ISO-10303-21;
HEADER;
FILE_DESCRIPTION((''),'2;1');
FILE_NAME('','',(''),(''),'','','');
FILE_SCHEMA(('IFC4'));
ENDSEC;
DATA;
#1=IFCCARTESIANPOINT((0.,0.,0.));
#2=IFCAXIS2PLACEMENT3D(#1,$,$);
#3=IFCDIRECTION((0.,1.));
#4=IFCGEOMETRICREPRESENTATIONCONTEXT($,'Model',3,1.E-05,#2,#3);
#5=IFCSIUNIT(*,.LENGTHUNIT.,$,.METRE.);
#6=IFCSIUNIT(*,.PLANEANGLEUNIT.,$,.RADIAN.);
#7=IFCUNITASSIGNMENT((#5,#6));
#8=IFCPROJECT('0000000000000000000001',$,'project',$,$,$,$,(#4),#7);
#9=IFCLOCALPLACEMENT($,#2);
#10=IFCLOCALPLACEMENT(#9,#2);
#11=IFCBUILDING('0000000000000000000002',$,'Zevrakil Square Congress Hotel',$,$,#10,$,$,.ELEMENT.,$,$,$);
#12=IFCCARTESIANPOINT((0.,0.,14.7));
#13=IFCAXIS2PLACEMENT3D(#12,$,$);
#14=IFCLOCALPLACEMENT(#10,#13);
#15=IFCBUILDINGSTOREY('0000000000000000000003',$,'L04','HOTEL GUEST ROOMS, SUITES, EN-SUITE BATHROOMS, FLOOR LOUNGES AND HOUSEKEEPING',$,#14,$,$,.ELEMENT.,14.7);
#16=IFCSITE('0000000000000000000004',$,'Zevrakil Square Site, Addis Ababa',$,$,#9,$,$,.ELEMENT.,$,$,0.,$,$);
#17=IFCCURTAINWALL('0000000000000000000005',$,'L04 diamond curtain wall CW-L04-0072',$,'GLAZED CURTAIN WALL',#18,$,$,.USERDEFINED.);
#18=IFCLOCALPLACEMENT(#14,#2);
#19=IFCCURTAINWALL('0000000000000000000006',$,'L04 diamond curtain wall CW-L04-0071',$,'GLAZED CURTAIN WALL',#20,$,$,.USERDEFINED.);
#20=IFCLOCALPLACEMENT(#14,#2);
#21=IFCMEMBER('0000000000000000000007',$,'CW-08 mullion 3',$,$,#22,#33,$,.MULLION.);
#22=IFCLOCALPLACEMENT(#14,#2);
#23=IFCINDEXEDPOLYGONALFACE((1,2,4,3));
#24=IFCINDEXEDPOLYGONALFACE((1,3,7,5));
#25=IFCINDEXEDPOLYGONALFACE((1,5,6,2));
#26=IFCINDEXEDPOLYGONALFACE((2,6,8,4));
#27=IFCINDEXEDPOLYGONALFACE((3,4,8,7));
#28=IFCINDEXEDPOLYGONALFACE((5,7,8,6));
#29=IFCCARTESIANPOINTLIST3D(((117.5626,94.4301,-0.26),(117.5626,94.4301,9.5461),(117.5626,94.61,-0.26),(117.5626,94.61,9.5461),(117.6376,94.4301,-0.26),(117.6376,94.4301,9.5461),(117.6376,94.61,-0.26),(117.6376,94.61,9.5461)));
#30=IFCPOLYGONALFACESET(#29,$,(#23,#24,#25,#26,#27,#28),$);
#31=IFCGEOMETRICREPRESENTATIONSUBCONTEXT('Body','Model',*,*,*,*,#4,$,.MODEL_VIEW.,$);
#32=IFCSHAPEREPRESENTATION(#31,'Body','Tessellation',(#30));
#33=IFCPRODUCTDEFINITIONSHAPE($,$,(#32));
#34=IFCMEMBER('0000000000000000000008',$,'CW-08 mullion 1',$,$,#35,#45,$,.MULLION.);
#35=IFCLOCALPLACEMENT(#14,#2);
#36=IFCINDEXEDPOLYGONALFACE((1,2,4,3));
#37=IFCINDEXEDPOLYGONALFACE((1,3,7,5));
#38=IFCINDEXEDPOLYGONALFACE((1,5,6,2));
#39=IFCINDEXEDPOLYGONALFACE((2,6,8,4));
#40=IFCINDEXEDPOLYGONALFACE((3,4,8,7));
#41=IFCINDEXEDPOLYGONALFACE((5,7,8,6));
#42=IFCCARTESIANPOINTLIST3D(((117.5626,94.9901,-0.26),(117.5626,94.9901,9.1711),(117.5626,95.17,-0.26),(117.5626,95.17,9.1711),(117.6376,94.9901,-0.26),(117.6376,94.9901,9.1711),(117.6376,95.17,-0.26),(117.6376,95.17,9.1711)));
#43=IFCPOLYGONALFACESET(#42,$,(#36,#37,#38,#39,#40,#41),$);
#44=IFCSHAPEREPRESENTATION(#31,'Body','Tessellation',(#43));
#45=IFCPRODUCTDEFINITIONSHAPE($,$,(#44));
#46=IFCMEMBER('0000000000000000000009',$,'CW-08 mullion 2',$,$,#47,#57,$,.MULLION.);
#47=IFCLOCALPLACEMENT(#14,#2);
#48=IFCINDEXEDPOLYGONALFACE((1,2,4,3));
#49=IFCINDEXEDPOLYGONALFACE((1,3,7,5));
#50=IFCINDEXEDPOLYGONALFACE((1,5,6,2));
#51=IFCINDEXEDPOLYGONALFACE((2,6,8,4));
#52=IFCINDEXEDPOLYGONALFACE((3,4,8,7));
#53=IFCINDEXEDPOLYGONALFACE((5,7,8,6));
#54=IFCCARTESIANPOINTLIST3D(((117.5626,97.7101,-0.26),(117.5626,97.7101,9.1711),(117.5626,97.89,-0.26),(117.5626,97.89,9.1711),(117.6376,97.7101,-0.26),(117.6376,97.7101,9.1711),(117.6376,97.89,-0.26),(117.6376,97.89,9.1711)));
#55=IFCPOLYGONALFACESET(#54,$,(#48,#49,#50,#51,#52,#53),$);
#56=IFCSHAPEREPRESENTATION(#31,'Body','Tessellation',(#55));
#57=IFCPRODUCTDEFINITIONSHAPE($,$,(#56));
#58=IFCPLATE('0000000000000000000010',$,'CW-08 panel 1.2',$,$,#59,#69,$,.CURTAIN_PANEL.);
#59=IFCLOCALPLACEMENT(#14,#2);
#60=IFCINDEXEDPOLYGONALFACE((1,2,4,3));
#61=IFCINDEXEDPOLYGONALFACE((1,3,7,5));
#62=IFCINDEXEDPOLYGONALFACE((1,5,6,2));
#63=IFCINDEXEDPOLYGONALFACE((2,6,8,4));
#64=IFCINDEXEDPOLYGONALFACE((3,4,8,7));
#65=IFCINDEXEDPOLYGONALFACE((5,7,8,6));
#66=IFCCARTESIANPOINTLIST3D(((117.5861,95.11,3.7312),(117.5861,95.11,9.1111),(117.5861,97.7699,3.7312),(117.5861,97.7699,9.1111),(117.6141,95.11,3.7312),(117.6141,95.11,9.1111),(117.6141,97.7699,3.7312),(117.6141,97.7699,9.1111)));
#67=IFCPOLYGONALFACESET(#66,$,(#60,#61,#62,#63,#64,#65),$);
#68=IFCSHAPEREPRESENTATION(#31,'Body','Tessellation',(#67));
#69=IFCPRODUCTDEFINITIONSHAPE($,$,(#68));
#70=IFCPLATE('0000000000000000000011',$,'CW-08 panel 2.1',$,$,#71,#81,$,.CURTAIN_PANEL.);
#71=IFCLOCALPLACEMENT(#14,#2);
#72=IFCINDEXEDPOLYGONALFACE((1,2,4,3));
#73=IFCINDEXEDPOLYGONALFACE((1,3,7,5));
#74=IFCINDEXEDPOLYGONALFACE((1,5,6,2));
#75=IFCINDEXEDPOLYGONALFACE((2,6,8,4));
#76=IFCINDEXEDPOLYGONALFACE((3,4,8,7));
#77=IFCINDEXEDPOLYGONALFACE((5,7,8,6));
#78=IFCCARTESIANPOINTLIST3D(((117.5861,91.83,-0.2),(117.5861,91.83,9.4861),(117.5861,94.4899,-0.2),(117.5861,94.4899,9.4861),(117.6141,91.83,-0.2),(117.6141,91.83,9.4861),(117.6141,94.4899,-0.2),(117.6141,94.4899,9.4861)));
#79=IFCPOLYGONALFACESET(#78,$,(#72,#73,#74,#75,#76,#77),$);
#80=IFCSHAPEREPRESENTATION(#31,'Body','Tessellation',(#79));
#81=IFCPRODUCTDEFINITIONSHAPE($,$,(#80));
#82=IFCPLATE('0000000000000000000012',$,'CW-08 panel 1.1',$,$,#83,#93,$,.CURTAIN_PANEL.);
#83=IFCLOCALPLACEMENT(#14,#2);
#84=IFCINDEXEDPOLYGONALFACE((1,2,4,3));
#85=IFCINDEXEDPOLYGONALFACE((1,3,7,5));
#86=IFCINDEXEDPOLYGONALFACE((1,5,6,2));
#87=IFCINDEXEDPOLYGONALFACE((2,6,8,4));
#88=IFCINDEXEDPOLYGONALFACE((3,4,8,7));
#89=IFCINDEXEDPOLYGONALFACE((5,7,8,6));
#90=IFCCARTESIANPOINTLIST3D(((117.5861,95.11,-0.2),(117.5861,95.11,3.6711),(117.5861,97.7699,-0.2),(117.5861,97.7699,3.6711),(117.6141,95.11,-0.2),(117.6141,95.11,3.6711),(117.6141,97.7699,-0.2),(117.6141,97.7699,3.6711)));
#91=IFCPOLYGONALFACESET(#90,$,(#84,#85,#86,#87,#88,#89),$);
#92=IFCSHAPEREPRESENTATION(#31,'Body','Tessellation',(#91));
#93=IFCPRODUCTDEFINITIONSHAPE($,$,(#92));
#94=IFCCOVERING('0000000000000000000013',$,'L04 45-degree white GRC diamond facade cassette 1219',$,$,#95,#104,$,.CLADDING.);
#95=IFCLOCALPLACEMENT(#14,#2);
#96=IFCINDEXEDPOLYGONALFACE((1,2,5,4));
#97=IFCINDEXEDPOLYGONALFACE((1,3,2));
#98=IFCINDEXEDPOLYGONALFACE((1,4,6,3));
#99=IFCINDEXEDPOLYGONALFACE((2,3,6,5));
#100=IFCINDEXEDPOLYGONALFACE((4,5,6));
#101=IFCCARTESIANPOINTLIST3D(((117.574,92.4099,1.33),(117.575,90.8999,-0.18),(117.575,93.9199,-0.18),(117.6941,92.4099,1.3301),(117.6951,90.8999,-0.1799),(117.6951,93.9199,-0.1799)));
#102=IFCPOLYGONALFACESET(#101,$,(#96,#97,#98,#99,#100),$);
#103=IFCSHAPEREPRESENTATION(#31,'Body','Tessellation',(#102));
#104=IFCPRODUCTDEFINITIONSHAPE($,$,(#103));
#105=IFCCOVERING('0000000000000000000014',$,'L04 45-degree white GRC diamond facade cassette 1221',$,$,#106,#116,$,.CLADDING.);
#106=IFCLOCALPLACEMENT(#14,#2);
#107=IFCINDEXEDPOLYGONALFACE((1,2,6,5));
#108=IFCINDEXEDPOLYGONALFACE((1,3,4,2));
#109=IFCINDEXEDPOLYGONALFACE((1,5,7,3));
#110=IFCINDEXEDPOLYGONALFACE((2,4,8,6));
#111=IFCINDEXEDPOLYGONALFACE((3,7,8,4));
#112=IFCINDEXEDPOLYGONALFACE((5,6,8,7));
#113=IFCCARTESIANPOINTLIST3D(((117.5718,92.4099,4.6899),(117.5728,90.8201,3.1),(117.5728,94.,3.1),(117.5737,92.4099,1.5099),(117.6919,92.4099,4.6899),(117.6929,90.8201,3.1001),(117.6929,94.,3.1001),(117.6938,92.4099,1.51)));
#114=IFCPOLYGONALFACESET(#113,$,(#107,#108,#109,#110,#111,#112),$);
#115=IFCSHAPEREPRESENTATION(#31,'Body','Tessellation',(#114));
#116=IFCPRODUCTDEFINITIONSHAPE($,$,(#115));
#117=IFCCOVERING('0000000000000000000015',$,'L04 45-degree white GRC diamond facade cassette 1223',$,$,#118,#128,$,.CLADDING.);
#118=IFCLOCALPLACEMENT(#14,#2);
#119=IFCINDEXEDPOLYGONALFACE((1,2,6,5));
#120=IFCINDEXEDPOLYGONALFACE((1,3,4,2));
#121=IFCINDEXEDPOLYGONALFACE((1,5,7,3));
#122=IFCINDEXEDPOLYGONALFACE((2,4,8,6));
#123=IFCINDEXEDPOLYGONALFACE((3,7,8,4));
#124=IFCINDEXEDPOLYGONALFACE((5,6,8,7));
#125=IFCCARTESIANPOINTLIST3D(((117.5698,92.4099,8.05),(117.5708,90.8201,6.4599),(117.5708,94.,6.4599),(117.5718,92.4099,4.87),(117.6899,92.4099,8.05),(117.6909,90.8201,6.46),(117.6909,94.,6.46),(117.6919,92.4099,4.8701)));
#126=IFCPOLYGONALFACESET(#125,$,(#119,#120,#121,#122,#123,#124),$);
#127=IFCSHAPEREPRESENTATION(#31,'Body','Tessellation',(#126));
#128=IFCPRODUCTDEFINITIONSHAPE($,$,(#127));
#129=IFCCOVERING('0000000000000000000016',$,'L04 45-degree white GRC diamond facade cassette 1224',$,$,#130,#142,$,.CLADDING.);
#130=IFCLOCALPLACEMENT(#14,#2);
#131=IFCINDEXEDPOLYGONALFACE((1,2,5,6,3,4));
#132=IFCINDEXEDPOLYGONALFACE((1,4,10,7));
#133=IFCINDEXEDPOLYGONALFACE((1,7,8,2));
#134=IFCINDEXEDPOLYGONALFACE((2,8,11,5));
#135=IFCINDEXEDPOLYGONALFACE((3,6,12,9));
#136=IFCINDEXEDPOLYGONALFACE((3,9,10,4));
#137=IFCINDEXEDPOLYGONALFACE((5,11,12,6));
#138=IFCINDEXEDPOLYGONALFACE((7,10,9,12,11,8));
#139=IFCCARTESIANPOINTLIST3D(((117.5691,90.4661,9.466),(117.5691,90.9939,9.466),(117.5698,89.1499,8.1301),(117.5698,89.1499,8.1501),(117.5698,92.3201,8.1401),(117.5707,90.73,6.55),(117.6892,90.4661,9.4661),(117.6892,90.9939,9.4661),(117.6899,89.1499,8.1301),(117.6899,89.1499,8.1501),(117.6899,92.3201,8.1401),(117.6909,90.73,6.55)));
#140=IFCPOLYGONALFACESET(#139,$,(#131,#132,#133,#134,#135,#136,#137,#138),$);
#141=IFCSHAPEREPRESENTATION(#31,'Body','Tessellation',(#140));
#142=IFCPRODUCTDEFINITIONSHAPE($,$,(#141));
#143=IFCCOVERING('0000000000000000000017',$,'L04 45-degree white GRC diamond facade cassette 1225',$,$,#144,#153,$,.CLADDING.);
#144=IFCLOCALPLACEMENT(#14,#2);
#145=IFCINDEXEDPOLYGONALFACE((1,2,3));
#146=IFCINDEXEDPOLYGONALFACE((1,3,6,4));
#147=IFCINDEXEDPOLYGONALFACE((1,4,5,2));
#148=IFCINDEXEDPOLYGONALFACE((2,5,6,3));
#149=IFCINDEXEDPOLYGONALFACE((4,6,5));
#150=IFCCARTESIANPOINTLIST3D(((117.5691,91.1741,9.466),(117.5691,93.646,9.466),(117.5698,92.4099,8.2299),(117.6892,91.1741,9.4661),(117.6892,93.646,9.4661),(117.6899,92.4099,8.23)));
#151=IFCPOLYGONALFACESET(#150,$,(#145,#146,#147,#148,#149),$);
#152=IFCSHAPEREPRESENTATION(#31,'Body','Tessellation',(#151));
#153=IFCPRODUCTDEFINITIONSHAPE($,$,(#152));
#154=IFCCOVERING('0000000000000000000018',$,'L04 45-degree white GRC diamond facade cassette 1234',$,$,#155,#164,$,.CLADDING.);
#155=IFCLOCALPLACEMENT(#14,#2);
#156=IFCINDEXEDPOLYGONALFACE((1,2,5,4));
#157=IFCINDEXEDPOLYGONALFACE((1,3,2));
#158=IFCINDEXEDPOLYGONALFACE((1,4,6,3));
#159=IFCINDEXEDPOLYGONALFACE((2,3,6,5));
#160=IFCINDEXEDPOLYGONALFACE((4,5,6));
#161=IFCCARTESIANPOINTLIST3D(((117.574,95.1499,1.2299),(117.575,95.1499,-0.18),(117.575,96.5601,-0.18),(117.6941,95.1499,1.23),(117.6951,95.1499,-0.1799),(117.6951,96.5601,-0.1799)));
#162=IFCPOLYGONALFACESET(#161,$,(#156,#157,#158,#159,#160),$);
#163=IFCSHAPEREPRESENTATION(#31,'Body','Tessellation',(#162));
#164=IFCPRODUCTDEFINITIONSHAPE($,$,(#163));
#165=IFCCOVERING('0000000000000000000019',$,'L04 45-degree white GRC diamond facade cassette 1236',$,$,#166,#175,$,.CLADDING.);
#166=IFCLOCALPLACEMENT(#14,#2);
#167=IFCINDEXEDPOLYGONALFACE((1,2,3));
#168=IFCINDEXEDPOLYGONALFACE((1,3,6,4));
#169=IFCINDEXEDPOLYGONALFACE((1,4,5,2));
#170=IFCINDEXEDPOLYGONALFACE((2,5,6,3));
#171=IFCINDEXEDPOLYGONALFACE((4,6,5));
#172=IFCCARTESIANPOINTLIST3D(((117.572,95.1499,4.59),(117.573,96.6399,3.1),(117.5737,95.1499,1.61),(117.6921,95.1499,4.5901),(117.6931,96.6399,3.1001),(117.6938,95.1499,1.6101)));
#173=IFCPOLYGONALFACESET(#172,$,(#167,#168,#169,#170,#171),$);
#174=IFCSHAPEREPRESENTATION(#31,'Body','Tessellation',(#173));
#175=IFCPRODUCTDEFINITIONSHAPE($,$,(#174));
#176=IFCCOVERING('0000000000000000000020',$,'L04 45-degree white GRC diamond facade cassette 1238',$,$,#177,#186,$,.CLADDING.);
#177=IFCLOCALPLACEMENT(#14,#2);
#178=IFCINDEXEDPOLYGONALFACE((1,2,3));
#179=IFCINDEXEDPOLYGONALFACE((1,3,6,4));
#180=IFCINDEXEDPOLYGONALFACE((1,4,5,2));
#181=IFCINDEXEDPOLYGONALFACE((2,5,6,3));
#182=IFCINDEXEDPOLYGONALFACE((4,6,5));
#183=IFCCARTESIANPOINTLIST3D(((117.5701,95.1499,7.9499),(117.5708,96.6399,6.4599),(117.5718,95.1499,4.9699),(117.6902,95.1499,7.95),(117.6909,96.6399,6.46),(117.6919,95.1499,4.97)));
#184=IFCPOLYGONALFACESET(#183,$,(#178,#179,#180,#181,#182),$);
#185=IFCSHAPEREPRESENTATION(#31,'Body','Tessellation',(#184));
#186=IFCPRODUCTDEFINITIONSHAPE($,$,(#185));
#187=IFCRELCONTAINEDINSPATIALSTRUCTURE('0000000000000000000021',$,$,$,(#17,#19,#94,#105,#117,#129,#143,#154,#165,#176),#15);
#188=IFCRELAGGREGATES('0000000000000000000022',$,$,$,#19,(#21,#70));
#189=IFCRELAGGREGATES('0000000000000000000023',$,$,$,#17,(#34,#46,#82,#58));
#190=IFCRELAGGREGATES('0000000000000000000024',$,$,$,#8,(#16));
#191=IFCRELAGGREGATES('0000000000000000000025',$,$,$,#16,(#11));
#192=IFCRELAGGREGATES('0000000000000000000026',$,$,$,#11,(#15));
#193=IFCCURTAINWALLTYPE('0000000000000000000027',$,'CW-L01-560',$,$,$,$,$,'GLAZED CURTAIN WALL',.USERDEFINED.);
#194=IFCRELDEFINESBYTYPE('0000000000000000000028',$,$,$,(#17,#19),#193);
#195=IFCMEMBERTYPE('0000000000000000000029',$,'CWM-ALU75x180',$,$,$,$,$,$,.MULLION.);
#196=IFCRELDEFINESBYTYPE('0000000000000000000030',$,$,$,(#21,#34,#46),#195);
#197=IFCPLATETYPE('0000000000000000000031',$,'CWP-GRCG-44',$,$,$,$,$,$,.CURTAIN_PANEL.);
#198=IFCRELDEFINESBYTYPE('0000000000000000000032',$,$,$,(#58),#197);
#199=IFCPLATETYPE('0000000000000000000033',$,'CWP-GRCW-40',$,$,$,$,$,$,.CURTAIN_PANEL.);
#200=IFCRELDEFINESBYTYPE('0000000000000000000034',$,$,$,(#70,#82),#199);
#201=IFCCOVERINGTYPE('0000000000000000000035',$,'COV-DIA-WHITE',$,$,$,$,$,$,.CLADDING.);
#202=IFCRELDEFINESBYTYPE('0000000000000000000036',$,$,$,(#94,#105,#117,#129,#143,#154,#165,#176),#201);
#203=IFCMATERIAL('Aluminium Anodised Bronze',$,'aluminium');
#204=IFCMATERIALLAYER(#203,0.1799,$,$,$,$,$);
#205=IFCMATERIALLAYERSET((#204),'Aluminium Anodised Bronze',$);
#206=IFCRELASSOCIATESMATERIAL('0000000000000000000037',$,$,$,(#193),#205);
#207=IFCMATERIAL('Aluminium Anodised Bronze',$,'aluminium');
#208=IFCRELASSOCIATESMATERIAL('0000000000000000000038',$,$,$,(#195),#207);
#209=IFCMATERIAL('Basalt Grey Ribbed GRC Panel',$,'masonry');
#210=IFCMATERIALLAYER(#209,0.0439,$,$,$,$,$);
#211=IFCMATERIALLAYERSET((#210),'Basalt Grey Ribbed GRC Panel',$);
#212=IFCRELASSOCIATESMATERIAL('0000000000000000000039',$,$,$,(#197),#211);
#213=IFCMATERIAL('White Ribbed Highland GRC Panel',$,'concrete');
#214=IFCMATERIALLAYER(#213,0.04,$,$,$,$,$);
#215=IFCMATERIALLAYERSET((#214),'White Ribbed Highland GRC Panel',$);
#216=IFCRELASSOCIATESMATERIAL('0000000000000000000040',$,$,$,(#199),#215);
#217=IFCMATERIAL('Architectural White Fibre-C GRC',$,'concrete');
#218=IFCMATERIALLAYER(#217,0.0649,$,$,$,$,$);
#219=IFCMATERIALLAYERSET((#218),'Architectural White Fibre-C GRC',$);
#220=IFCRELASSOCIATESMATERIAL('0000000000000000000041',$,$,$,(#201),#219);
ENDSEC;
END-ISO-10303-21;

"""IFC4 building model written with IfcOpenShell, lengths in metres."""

from ifc_helpers import new_model, si_unit, direction, frame, origin, origin_2d, place, context, subcontext, project, spatial, polyline, rectangle, outline, extrude, material, layer, layer_set, material_profile, profile_set, type_object, element, aggregate, save


model = new_model("IFC4")

# Units and contexts
model_context = context("Model", 3, precision=1e-05, world=origin(), true_north=direction((0.0, 1.0)))
body_context = subcontext(model_context, "Body", "Model", "MODEL_VIEW")
ifc_project = project(units=[si_unit("LENGTHUNIT", "METRE"), si_unit("PLANEANGLEUNIT", "RADIAN")], contexts=[model_context])

# Site, building, storey
site_placement = place(None, origin())
site = spatial("IfcSite", under=ifc_project, at=site_placement, Name="Zevrakil Square Site, Addis Ababa", CompositionType="ELEMENT", RefElevation=0.0)
building_placement = place(site_placement, origin())
building = spatial("IfcBuilding", under=site, at=building_placement, Name="Zevrakil Square Congress Hotel", CompositionType="ELEMENT")
storey_placement = place(building_placement, frame((0.0, 0.0, 14.7)))
storey = spatial("IfcBuildingStorey", under=building, at=storey_placement, Name="L04", Description="HOTEL GUEST ROOMS, SUITES, EN-SUITE BATHROOMS, FLOOR LOUNGES AND HOUSEKEEPING", CompositionType="ELEMENT", Elevation=14.7)

# Curtain wall
ifc_material_1 = material(Name="Aluminium Anodised Bronze", Category="aluminium")
ifc_layer_1 = layer(ifc_material_1, 0.1799)
ifc_layer_set_1 = layer_set([ifc_layer_1], Name="Aluminium Anodised Bronze")
curtain_wall_type = type_object("IfcCurtainWallType", Name="CW-L01-560", ElementType="GLAZED CURTAIN WALL", PredefinedType="USERDEFINED", material=ifc_layer_set_1)
curtain_wall_1_placement = place(storey_placement, origin())
curtain_wall_1 = element("IfcCurtainWall", 1, at=curtain_wall_1_placement, inside=storey, type_object=curtain_wall_type, Name="L04 diamond curtain wall CW-L04-0072", ObjectType="GLAZED CURTAIN WALL", PredefinedType="USERDEFINED")

# Curtain wall, member
curtain_wall_2_placement = place(storey_placement, origin())
curtain_wall_2 = element("IfcCurtainWall", 2, at=curtain_wall_2_placement, inside=storey, type_object=curtain_wall_type, Name="L04 diamond curtain wall CW-L04-0071", ObjectType="GLAZED CURTAIN WALL", PredefinedType="USERDEFINED")
ifc_material_2 = material(Name="Aluminium Anodised Bronze", Category="aluminium")
ifc_material_profile_1 = material_profile(ifc_material_2, rectangle(XDim=0.075, YDim=0.1799, at=origin_2d()), Name="ALU 75x180")
ifc_profile_set_1 = profile_set([ifc_material_profile_1], Name="Aluminium Anodised Bronze")
member_type_1 = type_object("IfcMemberType", Name="CWM-ALU75x180", PredefinedType="MULLION", material=ifc_profile_set_1)
member_1_placement = place(storey_placement, frame((117.6001, 94.52, -0.26), z_axis=(0.0, 0.0, 1.0), x_axis=(-1.0, 0.0, 0.0)))
member_1 = element("IfcMember", 3, at=member_1_placement, type_object=member_type_1, Name="CW-08 mullion 3", PredefinedType="MULLION", context=body_context, shape_type="SweptSolid", body=[
    extrude(rectangle(XDim=0.075, YDim=0.1799, at=origin_2d()), origin(), (0.0, 0.0, 1.0), 9.8062),
])

# Members
member_2_placement = place(storey_placement, frame((117.6001, 95.0801, -0.26), z_axis=(0.0, 0.0, 1.0), x_axis=(-1.0, 0.0, 0.0)))
member_2 = element("IfcMember", 4, at=member_2_placement, type_object=member_type_1, Name="CW-08 mullion 1", PredefinedType="MULLION", context=body_context, shape_type="SweptSolid", body=[
    extrude(rectangle(XDim=0.075, YDim=0.1799, at=origin_2d()), origin(), (0.0, 0.0, 1.0), 9.4312),
])
member_3_placement = place(storey_placement, frame((117.6001, 97.8, -0.26), z_axis=(0.0, 0.0, 1.0), x_axis=(-1.0, 0.0, 0.0)))
member_3 = element("IfcMember", 5, at=member_3_placement, type_object=member_type_1, Name="CW-08 mullion 2", PredefinedType="MULLION", context=body_context, shape_type="SweptSolid", body=[
    extrude(rectangle(XDim=0.075, YDim=0.1799, at=origin_2d()), origin(), (0.0, 0.0, 1.0), 9.4312),
])

# Plates
ifc_material_3 = material(Name="Basalt Grey Ribbed GRC Panel", Category="masonry")
ifc_layer_2 = layer(ifc_material_3, 0.0439)
ifc_layer_set_2 = layer_set([ifc_layer_2], Name="Basalt Grey Ribbed GRC Panel")
plate_type_1 = type_object("IfcPlateType", Name="CWP-GRCG-44", PredefinedType="CURTAIN_PANEL", material=ifc_layer_set_2)
plate_1_placement = place(storey_placement, frame((117.6001, 96.4399, 3.7312), z_axis=(0.0, 0.0, 1.0), x_axis=(0.0, 1.0, 0.0)))
plate_1 = element("IfcPlate", 6, at=plate_1_placement, type_object=plate_type_1, Name="CW-08 panel 1.2", PredefinedType="CURTAIN_PANEL", context=body_context, shape_type="SweptSolid", body=[
    extrude(rectangle(XDim=2.6599, YDim=0.0281, at=origin_2d()), origin(), (0.0, 0.0, 1.0), 5.3799),
])
ifc_material_4 = material(Name="White Ribbed Highland GRC Panel", Category="concrete")
ifc_layer_3 = layer(ifc_material_4, 0.04)
ifc_layer_set_3 = layer_set([ifc_layer_3], Name="White Ribbed Highland GRC Panel")
plate_type_2 = type_object("IfcPlateType", Name="CWP-GRCW-40", PredefinedType="CURTAIN_PANEL", material=ifc_layer_set_3)
plate_2_placement = place(storey_placement, frame((117.6001, 93.1599, -0.2), z_axis=(0.0, 0.0, 1.0), x_axis=(0.0, 1.0, 0.0)))
plate_2 = element("IfcPlate", 7, at=plate_2_placement, type_object=plate_type_2, Name="CW-08 panel 2.1", PredefinedType="CURTAIN_PANEL", context=body_context, shape_type="SweptSolid", body=[
    extrude(rectangle(XDim=2.6599, YDim=0.0281, at=origin_2d()), origin(), (0.0, 0.0, 1.0), 9.686),
])
aggregate(curtain_wall_2, [member_1, plate_2])
plate_3_placement = place(storey_placement, frame((117.6001, 96.4399, -0.2), z_axis=(0.0, 0.0, 1.0), x_axis=(0.0, 1.0, 0.0)))
plate_3 = element("IfcPlate", 8, at=plate_3_placement, type_object=plate_type_2, Name="CW-08 panel 1.1", PredefinedType="CURTAIN_PANEL", context=body_context, shape_type="SweptSolid", body=[
    extrude(rectangle(XDim=2.6599, YDim=0.0281, at=origin_2d()), origin(), (0.0, 0.0, 1.0), 3.8711),
])
aggregate(curtain_wall_1, [member_2, member_3, plate_3, plate_1])

# Coverings
ifc_material_5 = material(Name="Architectural White Fibre-C GRC", Category="concrete")
ifc_layer_4 = layer(ifc_material_5, 0.0649)
ifc_layer_set_4 = layer_set([ifc_layer_4], Name="Architectural White Fibre-C GRC")
covering_type_1 = type_object("IfcCoveringType", Name="COV-DIA-WHITE", PredefinedType="CLADDING", material=ifc_layer_set_4)
covering_1_placement = place(storey_placement, frame((117.6941, 92.4099, 1.3301), z_axis=(1.0, 0.0, 0.000647), x_axis=(0.000457, 0.707107, -0.707107)))
element("IfcCovering", 9, at=covering_1_placement, inside=storey, type_object=covering_type_1, Name="L04 45-degree white GRC diamond facade cassette 1219", PredefinedType="CLADDING", context=body_context, shape_type="SweptSolid", body=[
    extrude(outline(polyline([(0.0, 0.0), (2.1355, 0.0), (0.0, -2.1355), (0.0, 0.0)])), origin(), (0.0, 0.0, -1.0), 0.1201),
])
covering_2_placement = place(storey_placement, frame((117.6919, 92.4099, 4.6899), z_axis=(1.0, 0.0, 0.000614), x_axis=(0.000434, 0.707161, -0.707052)))
element("IfcCovering", 10, at=covering_2_placement, inside=storey, type_object=covering_type_1, Name="L04 45-degree white GRC diamond facade cassette 1221", PredefinedType="CLADDING", context=body_context, shape_type="SweptSolid", body=[
    extrude(outline(polyline([(0.0, 0.0), (2.2486, 0.0), (2.2484, -2.2487), (-0.0002, -2.2484), (0.0, 0.0)])), origin(), (0.0, 0.0, -1.0), 0.1201),
])
covering_3_placement = place(storey_placement, frame((117.6899, 92.4099, 8.05), z_axis=(1.0, 0.0, 0.000614), x_axis=(0.000434, 0.707107, -0.707107)))
element("IfcCovering", 11, at=covering_3_placement, inside=storey, type_object=covering_type_1, Name="L04 45-degree white GRC diamond facade cassette 1223", PredefinedType="CLADDING", context=body_context, shape_type="SweptSolid", body=[
    extrude(outline(polyline([(0.0, 0.0), (2.2487, 0.0), (2.2486, -2.2486), (0.0002, -2.2486), (0.0, 0.0)])), origin(), (0.0, 0.0, -1.0), 0.1201),
])
covering_4_placement = place(storey_placement, frame((117.6899, 92.3201, 8.1401), z_axis=(1.0, 0.0, 0.000582), x_axis=(0.000411, -0.707107, -0.707107)))
element("IfcCovering", 12, at=covering_4_placement, inside=storey, type_object=covering_type_1, Name="L04 45-degree white GRC diamond facade cassette 1224", PredefinedType="CLADDING", context=body_context, shape_type="SweptSolid", body=[
    extrude(outline(polyline([(0.0, 0.0), (2.2487, 0.0), (2.2487, -2.2346), (2.2346, -2.2487), (0.3734, -2.2486), (0.0002, -1.8753), (0.0, 0.0)])), origin(), (0.0, 0.0, -1.0), 0.1201),
])
covering_5_placement = place(storey_placement, frame((117.6899, 92.4099, 8.23), z_axis=(1.0, 0.0, 0.000593), x_axis=(-0.000419, -0.707037, 0.707177)))
element("IfcCovering", 13, at=covering_5_placement, inside=storey, type_object=covering_type_1, Name="L04 45-degree white GRC diamond facade cassette 1225", PredefinedType="CLADDING", context=body_context, shape_type="SweptSolid", body=[
    extrude(outline(polyline([(0.0, 0.0), (1.7479, 0.0), (0.0002, -1.7481), (0.0, 0.0)])), origin(), (0.0, 0.0, -1.0), 0.1201),
])
covering_6_placement = place(storey_placement, frame((117.6951, 96.5601, -0.1799), z_axis=(1.0, 0.0, 0.000693), x_axis=(0.0, -1.0, 0.0)))
element("IfcCovering", 14, at=covering_6_placement, inside=storey, type_object=covering_type_1, Name="L04 45-degree white GRC diamond facade cassette 1234", PredefinedType="CLADDING", context=body_context, shape_type="SweptSolid", body=[
    extrude(outline(polyline([(0.0, 0.0), (1.4102, 0.0), (1.4102, -1.4099), (0.0, 0.0)])), origin(), (0.0, 0.0, -1.0), 0.1201),
])
covering_7_placement = place(storey_placement, frame((117.6931, 96.6399, 3.1001), z_axis=(1.0, -0.000082, 0.000573), x_axis=(0.000348, -0.707107, -0.707107)))
element("IfcCovering", 15, at=covering_7_placement, inside=storey, type_object=covering_type_1, Name="L04 45-degree white GRC diamond facade cassette 1236", PredefinedType="CLADDING", context=body_context, shape_type="SweptSolid", body=[
    extrude(outline(polyline([(0.0, 0.0), (2.1072, 0.0), (0.0, -2.1072), (0.0, 0.0)])), origin(), (0.0, 0.0, -1.0), 0.1201),
])
covering_8_placement = place(storey_placement, frame((117.6909, 96.6399, 6.46), z_axis=(1.0, 0.000082, 0.000573), x_axis=(0.000463, -0.707107, -0.707107)))
element("IfcCovering", 16, at=covering_8_placement, inside=storey, type_object=covering_type_1, Name="L04 45-degree white GRC diamond facade cassette 1238", PredefinedType="CLADDING", context=body_context, shape_type="SweptSolid", body=[
    extrude(outline(polyline([(0.0, 0.0), (2.1072, 0.0), (0.0, -2.1072), (0.0, 0.0)])), origin(), (0.0, 0.0, -1.0), 0.1201),
])

save(model, "model.ifc")
